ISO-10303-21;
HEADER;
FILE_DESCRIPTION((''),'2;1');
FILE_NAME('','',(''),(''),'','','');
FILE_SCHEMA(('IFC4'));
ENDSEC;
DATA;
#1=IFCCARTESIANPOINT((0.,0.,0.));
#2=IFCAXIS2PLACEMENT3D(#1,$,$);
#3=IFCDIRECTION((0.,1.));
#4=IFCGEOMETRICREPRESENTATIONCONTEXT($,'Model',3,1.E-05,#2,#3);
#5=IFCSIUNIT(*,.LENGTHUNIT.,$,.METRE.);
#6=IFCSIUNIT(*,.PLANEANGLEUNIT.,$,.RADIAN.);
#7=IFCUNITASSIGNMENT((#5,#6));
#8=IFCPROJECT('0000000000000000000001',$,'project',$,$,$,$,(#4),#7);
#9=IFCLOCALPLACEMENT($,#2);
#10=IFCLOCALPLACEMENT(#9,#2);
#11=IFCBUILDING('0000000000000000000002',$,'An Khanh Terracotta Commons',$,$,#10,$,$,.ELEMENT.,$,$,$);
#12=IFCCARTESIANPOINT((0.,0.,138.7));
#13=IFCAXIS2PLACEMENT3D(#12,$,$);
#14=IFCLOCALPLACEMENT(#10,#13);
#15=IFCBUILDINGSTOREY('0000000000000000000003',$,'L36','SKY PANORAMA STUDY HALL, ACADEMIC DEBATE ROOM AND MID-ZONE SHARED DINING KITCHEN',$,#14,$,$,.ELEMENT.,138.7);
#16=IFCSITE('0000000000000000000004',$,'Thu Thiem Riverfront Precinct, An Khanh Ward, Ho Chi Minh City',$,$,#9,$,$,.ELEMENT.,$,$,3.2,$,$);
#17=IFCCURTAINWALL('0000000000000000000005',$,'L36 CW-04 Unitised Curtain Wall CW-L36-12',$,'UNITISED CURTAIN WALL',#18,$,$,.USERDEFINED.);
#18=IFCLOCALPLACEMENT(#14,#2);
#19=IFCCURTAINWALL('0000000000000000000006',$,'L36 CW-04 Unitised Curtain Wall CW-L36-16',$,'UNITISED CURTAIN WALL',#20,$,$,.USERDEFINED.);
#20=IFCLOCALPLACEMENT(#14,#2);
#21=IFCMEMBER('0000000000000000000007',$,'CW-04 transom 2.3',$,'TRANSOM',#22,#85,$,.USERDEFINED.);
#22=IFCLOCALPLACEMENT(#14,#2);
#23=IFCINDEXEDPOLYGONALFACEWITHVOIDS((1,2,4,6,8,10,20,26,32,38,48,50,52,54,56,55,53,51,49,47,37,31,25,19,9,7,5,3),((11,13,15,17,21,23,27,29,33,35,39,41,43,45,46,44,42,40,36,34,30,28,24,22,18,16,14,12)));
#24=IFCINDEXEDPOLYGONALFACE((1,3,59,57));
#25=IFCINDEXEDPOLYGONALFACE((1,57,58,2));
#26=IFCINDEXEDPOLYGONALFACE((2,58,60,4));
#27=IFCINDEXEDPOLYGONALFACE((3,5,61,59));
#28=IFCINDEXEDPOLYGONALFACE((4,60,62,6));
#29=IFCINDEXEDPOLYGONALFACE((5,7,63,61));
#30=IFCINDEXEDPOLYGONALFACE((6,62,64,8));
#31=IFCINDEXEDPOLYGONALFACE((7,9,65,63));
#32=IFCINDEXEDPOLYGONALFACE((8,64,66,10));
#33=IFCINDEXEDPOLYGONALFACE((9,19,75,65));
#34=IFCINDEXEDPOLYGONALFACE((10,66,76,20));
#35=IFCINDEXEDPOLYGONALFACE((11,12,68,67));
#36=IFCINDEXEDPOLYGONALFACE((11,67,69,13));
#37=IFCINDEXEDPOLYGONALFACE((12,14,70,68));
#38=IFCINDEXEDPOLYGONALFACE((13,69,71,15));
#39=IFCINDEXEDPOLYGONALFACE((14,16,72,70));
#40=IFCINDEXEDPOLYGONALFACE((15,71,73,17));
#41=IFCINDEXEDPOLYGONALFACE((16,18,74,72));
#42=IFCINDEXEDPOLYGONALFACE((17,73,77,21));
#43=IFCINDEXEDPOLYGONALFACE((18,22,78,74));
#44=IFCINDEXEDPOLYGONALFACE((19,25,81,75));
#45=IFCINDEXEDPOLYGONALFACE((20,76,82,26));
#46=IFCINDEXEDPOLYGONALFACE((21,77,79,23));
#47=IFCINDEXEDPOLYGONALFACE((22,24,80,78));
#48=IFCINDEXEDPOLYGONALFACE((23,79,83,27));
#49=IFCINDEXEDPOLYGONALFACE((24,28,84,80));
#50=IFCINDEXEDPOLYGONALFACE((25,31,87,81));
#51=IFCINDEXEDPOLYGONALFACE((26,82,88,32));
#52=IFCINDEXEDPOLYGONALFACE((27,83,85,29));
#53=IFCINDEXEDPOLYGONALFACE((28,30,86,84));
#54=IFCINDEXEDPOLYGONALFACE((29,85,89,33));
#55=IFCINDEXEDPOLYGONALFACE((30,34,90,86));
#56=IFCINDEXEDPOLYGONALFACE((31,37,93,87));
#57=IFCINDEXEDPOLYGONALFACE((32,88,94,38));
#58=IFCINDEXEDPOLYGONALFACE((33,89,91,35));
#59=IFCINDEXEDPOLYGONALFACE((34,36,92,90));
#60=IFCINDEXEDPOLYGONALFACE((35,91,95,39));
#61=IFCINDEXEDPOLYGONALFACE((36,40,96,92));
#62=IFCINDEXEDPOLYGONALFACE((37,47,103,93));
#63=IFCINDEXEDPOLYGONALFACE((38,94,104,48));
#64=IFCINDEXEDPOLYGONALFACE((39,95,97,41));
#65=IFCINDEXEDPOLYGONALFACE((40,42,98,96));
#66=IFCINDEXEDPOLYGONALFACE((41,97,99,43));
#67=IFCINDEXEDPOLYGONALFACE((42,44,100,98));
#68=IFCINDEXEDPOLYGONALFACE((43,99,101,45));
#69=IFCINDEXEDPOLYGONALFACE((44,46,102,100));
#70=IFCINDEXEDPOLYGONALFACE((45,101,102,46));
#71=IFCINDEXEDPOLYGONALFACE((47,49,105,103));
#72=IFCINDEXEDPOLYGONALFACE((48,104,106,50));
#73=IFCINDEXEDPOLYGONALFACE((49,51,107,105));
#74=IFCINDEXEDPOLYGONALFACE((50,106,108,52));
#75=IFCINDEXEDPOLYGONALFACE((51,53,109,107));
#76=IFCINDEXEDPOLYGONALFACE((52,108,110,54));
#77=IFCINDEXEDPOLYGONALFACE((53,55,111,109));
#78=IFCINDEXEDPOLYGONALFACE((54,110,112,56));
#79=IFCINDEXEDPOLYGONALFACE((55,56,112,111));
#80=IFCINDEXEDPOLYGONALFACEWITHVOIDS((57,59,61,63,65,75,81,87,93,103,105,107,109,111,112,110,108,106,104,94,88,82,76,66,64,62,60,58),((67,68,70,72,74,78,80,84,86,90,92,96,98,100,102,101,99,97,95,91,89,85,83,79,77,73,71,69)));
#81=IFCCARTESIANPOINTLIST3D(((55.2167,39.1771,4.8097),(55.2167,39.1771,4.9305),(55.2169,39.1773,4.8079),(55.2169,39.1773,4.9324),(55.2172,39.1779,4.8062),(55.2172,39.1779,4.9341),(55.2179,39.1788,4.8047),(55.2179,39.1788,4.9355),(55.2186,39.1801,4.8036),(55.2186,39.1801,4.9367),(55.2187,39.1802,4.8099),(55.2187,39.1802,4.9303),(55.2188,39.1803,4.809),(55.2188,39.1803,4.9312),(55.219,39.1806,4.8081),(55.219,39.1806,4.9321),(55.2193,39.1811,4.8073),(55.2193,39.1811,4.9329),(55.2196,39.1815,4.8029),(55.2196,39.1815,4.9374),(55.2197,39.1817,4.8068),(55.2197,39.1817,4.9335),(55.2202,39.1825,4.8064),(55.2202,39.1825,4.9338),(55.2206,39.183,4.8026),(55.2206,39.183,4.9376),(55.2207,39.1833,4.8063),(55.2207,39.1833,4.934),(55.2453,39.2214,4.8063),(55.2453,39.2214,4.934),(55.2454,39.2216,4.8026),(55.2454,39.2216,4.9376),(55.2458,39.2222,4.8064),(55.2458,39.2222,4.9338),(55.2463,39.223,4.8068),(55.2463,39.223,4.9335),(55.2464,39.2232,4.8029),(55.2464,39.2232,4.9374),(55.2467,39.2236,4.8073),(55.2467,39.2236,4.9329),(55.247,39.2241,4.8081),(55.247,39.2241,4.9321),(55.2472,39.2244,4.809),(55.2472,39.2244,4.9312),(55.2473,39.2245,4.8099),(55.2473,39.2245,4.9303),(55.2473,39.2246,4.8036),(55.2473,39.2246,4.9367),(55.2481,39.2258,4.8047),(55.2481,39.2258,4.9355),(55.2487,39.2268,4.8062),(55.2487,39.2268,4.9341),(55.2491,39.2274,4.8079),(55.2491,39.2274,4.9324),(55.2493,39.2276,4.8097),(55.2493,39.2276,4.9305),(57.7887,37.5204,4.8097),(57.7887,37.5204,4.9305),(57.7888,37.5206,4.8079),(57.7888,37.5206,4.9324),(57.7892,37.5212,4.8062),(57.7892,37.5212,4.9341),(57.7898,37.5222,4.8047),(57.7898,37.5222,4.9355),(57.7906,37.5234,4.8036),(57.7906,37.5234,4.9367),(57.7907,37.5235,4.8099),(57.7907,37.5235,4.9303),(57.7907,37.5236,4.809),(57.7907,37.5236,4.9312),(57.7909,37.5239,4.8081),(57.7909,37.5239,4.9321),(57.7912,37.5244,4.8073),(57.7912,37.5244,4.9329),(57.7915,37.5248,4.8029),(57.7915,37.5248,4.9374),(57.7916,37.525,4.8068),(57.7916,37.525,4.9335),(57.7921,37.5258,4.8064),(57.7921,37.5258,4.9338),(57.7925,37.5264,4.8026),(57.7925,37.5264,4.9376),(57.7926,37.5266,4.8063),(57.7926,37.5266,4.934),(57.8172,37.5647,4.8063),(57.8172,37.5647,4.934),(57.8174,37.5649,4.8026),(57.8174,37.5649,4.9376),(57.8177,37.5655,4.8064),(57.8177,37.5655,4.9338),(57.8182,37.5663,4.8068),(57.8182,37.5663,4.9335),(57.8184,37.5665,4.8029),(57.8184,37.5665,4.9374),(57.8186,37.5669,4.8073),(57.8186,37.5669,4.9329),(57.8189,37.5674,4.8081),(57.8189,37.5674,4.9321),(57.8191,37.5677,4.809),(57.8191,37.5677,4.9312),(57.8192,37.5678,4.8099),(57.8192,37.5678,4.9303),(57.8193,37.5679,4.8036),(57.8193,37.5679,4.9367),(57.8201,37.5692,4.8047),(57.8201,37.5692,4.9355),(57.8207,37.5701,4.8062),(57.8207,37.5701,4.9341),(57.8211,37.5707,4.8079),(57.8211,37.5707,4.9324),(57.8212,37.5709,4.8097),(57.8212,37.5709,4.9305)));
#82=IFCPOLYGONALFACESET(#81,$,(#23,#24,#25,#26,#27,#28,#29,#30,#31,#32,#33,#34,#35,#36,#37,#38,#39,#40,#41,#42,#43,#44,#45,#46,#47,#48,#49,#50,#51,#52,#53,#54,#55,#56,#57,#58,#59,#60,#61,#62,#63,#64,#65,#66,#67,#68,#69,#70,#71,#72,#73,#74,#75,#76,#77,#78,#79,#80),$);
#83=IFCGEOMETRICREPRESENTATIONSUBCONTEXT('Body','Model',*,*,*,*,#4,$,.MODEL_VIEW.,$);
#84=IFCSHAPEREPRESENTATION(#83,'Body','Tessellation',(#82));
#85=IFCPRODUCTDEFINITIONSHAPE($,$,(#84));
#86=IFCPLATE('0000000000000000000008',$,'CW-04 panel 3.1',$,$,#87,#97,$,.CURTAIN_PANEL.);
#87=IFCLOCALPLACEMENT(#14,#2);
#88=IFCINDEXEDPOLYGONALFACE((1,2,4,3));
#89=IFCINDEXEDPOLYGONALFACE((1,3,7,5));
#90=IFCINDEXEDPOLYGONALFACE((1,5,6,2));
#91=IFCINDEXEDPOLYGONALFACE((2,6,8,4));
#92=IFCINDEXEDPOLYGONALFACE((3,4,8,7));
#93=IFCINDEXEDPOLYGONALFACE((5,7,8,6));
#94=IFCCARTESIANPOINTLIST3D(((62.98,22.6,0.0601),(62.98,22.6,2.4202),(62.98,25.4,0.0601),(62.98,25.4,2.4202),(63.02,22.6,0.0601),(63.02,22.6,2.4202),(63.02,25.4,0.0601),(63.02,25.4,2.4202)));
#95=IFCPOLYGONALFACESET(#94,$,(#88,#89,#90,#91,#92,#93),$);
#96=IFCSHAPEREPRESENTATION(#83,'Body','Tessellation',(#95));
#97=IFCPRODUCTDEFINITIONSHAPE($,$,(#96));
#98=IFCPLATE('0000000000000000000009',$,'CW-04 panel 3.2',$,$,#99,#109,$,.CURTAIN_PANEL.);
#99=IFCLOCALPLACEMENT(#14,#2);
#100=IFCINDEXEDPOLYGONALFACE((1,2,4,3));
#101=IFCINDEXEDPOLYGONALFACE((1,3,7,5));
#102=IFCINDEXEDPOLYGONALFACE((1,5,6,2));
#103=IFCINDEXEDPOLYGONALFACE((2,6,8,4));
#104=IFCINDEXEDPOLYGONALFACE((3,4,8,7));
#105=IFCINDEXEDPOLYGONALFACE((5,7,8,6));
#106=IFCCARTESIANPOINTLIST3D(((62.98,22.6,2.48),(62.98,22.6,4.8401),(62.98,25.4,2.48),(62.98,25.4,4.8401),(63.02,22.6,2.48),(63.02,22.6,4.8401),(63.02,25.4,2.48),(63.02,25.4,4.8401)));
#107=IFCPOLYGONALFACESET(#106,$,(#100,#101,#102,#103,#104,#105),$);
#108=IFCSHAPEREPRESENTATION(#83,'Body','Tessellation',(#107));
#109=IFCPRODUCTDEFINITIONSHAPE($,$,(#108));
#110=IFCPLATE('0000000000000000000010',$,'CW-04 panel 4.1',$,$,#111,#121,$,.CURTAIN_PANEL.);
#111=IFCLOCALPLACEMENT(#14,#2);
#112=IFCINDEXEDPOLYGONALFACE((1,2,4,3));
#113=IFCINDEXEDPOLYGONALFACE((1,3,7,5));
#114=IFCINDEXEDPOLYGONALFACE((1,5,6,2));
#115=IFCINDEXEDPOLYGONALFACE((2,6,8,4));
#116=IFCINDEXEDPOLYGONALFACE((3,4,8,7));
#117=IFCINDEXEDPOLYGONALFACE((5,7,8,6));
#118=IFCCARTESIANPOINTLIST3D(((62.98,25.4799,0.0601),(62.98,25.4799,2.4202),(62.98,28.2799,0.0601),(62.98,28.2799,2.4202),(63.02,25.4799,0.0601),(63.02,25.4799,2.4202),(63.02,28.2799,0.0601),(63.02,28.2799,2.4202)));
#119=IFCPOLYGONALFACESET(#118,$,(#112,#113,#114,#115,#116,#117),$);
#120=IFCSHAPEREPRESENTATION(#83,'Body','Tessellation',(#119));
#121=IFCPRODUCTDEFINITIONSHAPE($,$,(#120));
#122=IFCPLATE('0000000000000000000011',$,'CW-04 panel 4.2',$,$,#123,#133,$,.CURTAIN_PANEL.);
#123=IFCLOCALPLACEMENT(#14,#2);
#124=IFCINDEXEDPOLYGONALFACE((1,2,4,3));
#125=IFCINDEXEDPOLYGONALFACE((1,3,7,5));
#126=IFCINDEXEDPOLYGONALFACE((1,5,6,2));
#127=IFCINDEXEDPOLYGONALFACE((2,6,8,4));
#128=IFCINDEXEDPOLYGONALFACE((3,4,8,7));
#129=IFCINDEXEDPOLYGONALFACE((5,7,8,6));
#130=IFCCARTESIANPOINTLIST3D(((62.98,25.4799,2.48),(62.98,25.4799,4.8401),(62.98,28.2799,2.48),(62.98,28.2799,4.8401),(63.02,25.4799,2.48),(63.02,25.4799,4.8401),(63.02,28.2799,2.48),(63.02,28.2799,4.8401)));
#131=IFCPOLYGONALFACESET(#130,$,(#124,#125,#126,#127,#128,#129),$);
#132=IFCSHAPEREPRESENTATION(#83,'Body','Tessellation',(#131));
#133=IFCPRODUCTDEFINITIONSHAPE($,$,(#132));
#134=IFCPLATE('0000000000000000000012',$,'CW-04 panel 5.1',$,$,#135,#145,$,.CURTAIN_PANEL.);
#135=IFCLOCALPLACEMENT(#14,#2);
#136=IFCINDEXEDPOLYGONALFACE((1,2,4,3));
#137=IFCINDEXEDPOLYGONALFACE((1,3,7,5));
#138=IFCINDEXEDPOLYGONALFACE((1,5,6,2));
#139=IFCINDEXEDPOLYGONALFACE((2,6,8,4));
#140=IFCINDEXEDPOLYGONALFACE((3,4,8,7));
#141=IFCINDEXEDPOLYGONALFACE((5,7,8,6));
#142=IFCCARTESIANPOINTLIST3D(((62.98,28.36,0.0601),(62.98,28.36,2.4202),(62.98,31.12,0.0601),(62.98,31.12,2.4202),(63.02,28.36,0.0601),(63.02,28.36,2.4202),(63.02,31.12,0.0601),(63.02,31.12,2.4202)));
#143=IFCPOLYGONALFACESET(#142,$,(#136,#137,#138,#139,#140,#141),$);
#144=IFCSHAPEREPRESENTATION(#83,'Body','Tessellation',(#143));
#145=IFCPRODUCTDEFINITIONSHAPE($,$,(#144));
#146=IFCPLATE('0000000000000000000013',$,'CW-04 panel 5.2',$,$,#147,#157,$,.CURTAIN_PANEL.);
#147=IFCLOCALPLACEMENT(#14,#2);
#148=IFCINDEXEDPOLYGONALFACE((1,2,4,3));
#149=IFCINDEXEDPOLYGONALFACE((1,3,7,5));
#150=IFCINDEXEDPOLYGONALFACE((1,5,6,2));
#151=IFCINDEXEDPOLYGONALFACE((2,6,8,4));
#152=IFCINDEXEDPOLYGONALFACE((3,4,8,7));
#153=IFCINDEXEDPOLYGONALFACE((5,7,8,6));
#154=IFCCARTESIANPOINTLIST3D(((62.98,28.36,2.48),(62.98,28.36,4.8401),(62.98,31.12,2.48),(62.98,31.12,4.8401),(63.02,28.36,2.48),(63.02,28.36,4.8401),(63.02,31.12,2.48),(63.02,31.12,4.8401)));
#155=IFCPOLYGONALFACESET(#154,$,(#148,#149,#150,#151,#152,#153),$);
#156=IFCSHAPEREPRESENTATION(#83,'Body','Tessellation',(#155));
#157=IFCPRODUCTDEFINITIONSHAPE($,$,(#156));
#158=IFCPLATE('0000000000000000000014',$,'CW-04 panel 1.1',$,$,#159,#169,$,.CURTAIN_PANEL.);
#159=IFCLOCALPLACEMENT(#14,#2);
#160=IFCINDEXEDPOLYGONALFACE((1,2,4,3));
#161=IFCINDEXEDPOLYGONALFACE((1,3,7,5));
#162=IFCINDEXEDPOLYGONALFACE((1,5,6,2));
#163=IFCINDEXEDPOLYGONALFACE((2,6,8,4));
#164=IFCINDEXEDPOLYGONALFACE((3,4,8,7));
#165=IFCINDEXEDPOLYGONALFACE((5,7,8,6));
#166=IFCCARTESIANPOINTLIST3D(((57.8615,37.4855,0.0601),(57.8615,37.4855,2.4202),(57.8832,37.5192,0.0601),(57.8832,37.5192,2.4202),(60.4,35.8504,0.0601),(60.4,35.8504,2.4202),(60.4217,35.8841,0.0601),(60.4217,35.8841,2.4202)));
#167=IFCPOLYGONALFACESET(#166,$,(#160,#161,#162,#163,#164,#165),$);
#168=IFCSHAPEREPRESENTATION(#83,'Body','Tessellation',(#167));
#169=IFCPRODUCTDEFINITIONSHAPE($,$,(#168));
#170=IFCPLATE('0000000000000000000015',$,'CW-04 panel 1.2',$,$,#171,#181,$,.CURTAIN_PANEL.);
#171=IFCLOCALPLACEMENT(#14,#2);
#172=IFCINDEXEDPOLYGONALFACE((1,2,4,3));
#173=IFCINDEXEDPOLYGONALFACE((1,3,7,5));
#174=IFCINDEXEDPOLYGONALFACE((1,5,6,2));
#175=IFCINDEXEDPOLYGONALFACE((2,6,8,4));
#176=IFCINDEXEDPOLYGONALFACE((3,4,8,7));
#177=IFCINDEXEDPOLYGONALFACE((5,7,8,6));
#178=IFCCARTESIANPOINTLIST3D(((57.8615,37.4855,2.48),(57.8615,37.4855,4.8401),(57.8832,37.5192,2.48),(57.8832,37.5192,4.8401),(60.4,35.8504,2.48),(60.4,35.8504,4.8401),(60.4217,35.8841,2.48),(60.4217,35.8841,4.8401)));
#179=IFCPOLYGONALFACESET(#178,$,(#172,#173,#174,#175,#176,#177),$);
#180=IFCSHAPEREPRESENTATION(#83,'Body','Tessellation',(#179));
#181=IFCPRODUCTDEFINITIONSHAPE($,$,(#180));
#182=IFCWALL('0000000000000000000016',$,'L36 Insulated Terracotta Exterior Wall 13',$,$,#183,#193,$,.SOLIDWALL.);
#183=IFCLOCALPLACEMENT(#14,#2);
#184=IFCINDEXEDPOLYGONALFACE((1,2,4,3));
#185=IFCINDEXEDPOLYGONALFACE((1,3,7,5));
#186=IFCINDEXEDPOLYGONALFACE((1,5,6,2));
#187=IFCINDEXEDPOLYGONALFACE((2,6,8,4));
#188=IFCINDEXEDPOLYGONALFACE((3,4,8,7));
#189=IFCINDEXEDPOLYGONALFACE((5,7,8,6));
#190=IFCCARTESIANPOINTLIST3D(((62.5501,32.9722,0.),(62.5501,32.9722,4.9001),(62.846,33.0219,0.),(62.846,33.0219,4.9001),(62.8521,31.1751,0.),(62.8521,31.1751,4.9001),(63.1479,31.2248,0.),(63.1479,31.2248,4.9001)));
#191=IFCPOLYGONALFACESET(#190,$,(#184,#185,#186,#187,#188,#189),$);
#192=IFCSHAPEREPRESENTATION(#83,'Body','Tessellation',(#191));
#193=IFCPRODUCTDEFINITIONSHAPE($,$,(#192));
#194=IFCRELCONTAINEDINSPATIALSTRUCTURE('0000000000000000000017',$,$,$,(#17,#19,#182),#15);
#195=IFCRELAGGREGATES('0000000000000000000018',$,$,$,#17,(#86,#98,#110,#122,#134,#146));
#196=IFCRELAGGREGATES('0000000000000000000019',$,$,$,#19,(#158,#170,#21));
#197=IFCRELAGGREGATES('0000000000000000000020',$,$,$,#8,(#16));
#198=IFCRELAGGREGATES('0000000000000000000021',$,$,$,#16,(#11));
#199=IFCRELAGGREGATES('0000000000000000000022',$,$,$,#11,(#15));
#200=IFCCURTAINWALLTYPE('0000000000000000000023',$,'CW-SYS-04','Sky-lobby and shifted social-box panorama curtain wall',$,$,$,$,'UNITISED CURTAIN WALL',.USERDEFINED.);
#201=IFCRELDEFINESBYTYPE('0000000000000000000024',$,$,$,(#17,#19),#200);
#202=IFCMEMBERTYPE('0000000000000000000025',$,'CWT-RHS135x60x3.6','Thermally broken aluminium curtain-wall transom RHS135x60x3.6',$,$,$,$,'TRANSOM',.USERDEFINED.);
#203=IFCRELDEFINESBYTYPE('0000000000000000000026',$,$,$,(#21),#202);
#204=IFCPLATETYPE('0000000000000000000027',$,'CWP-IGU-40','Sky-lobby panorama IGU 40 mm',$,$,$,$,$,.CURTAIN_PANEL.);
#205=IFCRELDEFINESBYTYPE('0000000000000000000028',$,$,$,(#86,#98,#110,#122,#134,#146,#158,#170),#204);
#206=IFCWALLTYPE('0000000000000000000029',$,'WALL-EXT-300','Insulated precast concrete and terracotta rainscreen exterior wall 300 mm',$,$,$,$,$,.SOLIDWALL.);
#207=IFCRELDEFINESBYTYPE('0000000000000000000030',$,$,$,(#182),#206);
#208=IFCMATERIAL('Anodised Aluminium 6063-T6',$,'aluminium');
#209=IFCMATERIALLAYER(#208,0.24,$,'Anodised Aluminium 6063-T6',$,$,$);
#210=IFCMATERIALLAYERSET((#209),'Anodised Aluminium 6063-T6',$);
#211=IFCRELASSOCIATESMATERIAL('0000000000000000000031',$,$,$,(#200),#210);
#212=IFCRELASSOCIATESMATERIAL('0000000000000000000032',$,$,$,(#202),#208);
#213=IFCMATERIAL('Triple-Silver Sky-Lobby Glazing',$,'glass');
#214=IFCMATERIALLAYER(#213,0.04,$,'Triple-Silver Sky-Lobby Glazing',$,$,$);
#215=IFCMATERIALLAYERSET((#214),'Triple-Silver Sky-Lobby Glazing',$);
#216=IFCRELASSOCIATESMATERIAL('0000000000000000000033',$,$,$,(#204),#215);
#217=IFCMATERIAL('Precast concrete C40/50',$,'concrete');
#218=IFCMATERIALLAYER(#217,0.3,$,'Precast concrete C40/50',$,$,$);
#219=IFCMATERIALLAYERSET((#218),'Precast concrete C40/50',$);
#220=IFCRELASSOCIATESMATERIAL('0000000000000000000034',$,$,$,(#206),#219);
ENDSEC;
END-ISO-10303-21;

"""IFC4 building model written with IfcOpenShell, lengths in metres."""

from ifc_helpers import new_model, si_unit, direction, frame, frame_2d, origin, origin_2d, place, context, subcontext, project, spatial, rectangle, hollow_rectangle, extrude, material, layer, layer_set, material_profile, profile_set, type_object, element, aggregate, save


model = new_model("IFC4")

# Units and contexts
model_context = context("Model", 3, precision=1e-05, world=origin(), true_north=direction((0.0, 1.0)))
body_context = subcontext(model_context, "Body", "Model", "MODEL_VIEW")
ifc_project = project(units=[si_unit("LENGTHUNIT", "METRE"), si_unit("PLANEANGLEUNIT", "RADIAN")], contexts=[model_context])

# Site, building, storey
site_placement = place(None, origin())
site = spatial("IfcSite", under=ifc_project, at=site_placement, Name="Thu Thiem Riverfront Precinct, An Khanh Ward, Ho Chi Minh City", CompositionType="ELEMENT", RefElevation=3.2)
building_placement = place(site_placement, origin())
building = spatial("IfcBuilding", under=site, at=building_placement, Name="An Khanh Terracotta Commons", CompositionType="ELEMENT")
storey_placement = place(building_placement, frame((0.0, 0.0, 138.7)))
storey = spatial("IfcBuildingStorey", under=building, at=storey_placement, Name="L36", Description="SKY PANORAMA STUDY HALL, ACADEMIC DEBATE ROOM AND MID-ZONE SHARED DINING KITCHEN", CompositionType="ELEMENT", Elevation=138.7)

# Curtain walls
ifc_material_1 = material(Name="Anodised Aluminium 6063-T6", Category="aluminium")
ifc_layer_1 = layer(ifc_material_1, 0.24, Name="Anodised Aluminium 6063-T6")
ifc_layer_set_1 = layer_set([ifc_layer_1], Name="Anodised Aluminium 6063-T6")
curtain_wall_type = type_object("IfcCurtainWallType", Name="CW-SYS-04", Description="Sky-lobby and shifted social-box panorama curtain wall", ElementType="UNITISED CURTAIN WALL", PredefinedType="USERDEFINED", material=ifc_layer_set_1)
curtain_wall_1_placement = place(storey_placement, origin())
curtain_wall_1 = element("IfcCurtainWall", 1, at=curtain_wall_1_placement, inside=storey, type_object=curtain_wall_type, Name="L36 CW-04 Unitised Curtain Wall CW-L36-12", ObjectType="UNITISED CURTAIN WALL", PredefinedType="USERDEFINED")
curtain_wall_2_placement = place(storey_placement, origin())
curtain_wall_2 = element("IfcCurtainWall", 2, at=curtain_wall_2_placement, inside=storey, type_object=curtain_wall_type, Name="L36 CW-04 Unitised Curtain Wall CW-L36-16", ObjectType="UNITISED CURTAIN WALL", PredefinedType="USERDEFINED")

# Member
ifc_material_profile_1 = material_profile(ifc_material_1, hollow_rectangle(XDim=0.0601, YDim=0.135, WallThickness=0.0037, InnerFilletRadius=0.0037, OuterFilletRadius=0.0071, at=origin_2d()), Name="RHS135x60x3.6")
ifc_profile_set_1 = profile_set([ifc_material_profile_1], Name="Anodised Aluminium 6063-T6")
member_type_1 = type_object("IfcMemberType", Name="CWT-RHS135x60x3.6", Description="Thermally broken aluminium curtain-wall transom RHS135x60x3.6", ElementType="TRANSOM", PredefinedType="USERDEFINED", material=ifc_profile_set_1)
member_1_placement = place(storey_placement, frame((57.8049, 37.5457, 4.8701), z_axis=(-0.840688, 0.54152, 0.0), x_axis=(-0.54152, -0.840688, 0.0)))
member_1 = element("IfcMember", 3, at=member_1_placement, type_object=member_type_1, Name="CW-04 transom 2.3", ObjectType="TRANSOM", PredefinedType="USERDEFINED", context=body_context, shape_type="SweptSolid", body=[
    extrude(hollow_rectangle(XDim=0.0601, YDim=0.135, WallThickness=0.0037, InnerFilletRadius=0.0037, OuterFilletRadius=0.0071, at=origin_2d()), origin(), (0.0, 0.0, 1.0), 3.0593),
])

# Plates
ifc_material_2 = material(Name="Triple-Silver Sky-Lobby Glazing", Category="glass")
ifc_layer_2 = layer(ifc_material_2, 0.04, Name="Triple-Silver Sky-Lobby Glazing")
ifc_layer_set_2 = layer_set([ifc_layer_2], Name="Triple-Silver Sky-Lobby Glazing")
plate_type = type_object("IfcPlateType", Name="CWP-IGU-40", Description="Sky-lobby panorama IGU 40 mm", PredefinedType="CURTAIN_PANEL", material=ifc_layer_set_2)
plate_1_placement = place(storey_placement, frame((63.0, 24.0, 0.0601), z_axis=(0.0, 0.0, 1.0), x_axis=(0.0, 1.0, 0.0)))
plate_1 = element("IfcPlate", 4, at=plate_1_placement, type_object=plate_type, Name="CW-04 panel 3.1", PredefinedType="CURTAIN_PANEL", context=body_context, shape_type="SweptSolid", body=[
    extrude(rectangle(XDim=2.8, YDim=0.04, at=origin_2d()), origin(), (0.0, 0.0, 1.0), 2.3601),
])
plate_2_placement = place(storey_placement, frame((63.0, 24.0, 2.48), z_axis=(0.0, 0.0, 1.0), x_axis=(0.0, 1.0, 0.0)))
plate_2 = element("IfcPlate", 5, at=plate_2_placement, type_object=plate_type, Name="CW-04 panel 3.2", PredefinedType="CURTAIN_PANEL", context=body_context, shape_type="SweptSolid", body=[
    extrude(rectangle(XDim=2.8, YDim=0.04, at=origin_2d()), origin(), (0.0, 0.0, 1.0), 2.3601),
])
plate_3_placement = place(storey_placement, frame((63.0, 26.8799, 0.0601), z_axis=(0.0, 0.0, 1.0), x_axis=(0.0, 1.0, 0.0)))
plate_3 = element("IfcPlate", 6, at=plate_3_placement, type_object=plate_type, Name="CW-04 panel 4.1", PredefinedType="CURTAIN_PANEL", context=body_context, shape_type="SweptSolid", body=[
    extrude(rectangle(XDim=2.8, YDim=0.04, at=origin_2d()), origin(), (0.0, 0.0, 1.0), 2.3601),
])
plate_4_placement = place(storey_placement, frame((63.0, 26.8799, 2.48), z_axis=(0.0, 0.0, 1.0), x_axis=(0.0, 1.0, 0.0)))
plate_4 = element("IfcPlate", 7, at=plate_4_placement, type_object=plate_type, Name="CW-04 panel 4.2", PredefinedType="CURTAIN_PANEL", context=body_context, shape_type="SweptSolid", body=[
    extrude(rectangle(XDim=2.8, YDim=0.04, at=origin_2d()), origin(), (0.0, 0.0, 1.0), 2.3601),
])
plate_5_placement = place(storey_placement, frame((63.0, 29.74, 0.0601), z_axis=(0.0, 0.0, 1.0), x_axis=(0.0, 1.0, 0.0)))
plate_5 = element("IfcPlate", 8, at=plate_5_placement, type_object=plate_type, Name="CW-04 panel 5.1", PredefinedType="CURTAIN_PANEL", context=body_context, shape_type="SweptSolid", body=[
    extrude(rectangle(XDim=2.76, YDim=0.04, at=origin_2d()), origin(), (0.0, 0.0, 1.0), 2.3601),
])
plate_6_placement = place(storey_placement, frame((63.0, 29.74, 2.48), z_axis=(0.0, 0.0, 1.0), x_axis=(0.0, 1.0, 0.0)))
plate_6 = element("IfcPlate", 9, at=plate_6_placement, type_object=plate_type, Name="CW-04 panel 5.2", PredefinedType="CURTAIN_PANEL", context=body_context, shape_type="SweptSolid", body=[
    extrude(rectangle(XDim=2.76, YDim=0.04, at=origin_2d()), origin(), (0.0, 0.0, 1.0), 2.3601),
])
aggregate(curtain_wall_1, [plate_1, plate_2, plate_3, plate_4, plate_5, plate_6])
plate_7_placement = place(storey_placement, frame((59.1416, 36.6848, 0.0601), z_axis=(0.0, 0.0, 1.0), x_axis=(-0.840702, 0.541498, 0.0)))
plate_7 = element("IfcPlate", 10, at=plate_7_placement, type_object=plate_type, Name="CW-04 panel 1.1", PredefinedType="CURTAIN_PANEL", context=body_context, shape_type="SweptSolid", body=[
    extrude(rectangle(XDim=3.0195, YDim=0.04, at=origin_2d()), origin(), (0.0, 0.0, 1.0), 2.3601),
])
plate_8_placement = place(storey_placement, frame((59.1416, 36.6848, 2.48), z_axis=(0.0, 0.0, 1.0), x_axis=(-0.840702, 0.541498, 0.0)))
plate_8 = element("IfcPlate", 11, at=plate_8_placement, type_object=plate_type, Name="CW-04 panel 1.2", PredefinedType="CURTAIN_PANEL", context=body_context, shape_type="SweptSolid", body=[
    extrude(rectangle(XDim=3.0195, YDim=0.04, at=origin_2d()), origin(), (0.0, 0.0, 1.0), 2.3601),
])
aggregate(curtain_wall_2, [plate_7, plate_8, member_1])

# Wall
ifc_material_3 = material(Name="Precast concrete C40/50", Category="concrete")
ifc_layer_3 = layer(ifc_material_3, 0.3, Name="Precast concrete C40/50")
ifc_layer_set_3 = layer_set([ifc_layer_3], Name="Precast concrete C40/50")
wall_type = type_object("IfcWallType", Name="WALL-EXT-300", Description="Insulated precast concrete and terracotta rainscreen exterior wall 300 mm", PredefinedType="SOLIDWALL", material=ifc_layer_set_3)
wall_1_placement = place(storey_placement, frame((63.0, 31.2, 0.0), z_axis=(0.0, 0.0, 1.0), x_axis=(-0.165724, 0.986172, 0.0)))
element("IfcWall", 12, at=wall_1_placement, inside=storey, type_object=wall_type, Name="L36 Insulated Terracotta Exterior Wall 13", PredefinedType="SOLIDWALL", context=body_context, shape_type="SweptSolid", body=[
    extrude(rectangle(XDim=1.8223, YDim=0.3, at=frame_2d((0.9111, 0.0))), origin(), (0.0, 0.0, 1.0), 4.9001),
])

save(model, "model.ifc")
